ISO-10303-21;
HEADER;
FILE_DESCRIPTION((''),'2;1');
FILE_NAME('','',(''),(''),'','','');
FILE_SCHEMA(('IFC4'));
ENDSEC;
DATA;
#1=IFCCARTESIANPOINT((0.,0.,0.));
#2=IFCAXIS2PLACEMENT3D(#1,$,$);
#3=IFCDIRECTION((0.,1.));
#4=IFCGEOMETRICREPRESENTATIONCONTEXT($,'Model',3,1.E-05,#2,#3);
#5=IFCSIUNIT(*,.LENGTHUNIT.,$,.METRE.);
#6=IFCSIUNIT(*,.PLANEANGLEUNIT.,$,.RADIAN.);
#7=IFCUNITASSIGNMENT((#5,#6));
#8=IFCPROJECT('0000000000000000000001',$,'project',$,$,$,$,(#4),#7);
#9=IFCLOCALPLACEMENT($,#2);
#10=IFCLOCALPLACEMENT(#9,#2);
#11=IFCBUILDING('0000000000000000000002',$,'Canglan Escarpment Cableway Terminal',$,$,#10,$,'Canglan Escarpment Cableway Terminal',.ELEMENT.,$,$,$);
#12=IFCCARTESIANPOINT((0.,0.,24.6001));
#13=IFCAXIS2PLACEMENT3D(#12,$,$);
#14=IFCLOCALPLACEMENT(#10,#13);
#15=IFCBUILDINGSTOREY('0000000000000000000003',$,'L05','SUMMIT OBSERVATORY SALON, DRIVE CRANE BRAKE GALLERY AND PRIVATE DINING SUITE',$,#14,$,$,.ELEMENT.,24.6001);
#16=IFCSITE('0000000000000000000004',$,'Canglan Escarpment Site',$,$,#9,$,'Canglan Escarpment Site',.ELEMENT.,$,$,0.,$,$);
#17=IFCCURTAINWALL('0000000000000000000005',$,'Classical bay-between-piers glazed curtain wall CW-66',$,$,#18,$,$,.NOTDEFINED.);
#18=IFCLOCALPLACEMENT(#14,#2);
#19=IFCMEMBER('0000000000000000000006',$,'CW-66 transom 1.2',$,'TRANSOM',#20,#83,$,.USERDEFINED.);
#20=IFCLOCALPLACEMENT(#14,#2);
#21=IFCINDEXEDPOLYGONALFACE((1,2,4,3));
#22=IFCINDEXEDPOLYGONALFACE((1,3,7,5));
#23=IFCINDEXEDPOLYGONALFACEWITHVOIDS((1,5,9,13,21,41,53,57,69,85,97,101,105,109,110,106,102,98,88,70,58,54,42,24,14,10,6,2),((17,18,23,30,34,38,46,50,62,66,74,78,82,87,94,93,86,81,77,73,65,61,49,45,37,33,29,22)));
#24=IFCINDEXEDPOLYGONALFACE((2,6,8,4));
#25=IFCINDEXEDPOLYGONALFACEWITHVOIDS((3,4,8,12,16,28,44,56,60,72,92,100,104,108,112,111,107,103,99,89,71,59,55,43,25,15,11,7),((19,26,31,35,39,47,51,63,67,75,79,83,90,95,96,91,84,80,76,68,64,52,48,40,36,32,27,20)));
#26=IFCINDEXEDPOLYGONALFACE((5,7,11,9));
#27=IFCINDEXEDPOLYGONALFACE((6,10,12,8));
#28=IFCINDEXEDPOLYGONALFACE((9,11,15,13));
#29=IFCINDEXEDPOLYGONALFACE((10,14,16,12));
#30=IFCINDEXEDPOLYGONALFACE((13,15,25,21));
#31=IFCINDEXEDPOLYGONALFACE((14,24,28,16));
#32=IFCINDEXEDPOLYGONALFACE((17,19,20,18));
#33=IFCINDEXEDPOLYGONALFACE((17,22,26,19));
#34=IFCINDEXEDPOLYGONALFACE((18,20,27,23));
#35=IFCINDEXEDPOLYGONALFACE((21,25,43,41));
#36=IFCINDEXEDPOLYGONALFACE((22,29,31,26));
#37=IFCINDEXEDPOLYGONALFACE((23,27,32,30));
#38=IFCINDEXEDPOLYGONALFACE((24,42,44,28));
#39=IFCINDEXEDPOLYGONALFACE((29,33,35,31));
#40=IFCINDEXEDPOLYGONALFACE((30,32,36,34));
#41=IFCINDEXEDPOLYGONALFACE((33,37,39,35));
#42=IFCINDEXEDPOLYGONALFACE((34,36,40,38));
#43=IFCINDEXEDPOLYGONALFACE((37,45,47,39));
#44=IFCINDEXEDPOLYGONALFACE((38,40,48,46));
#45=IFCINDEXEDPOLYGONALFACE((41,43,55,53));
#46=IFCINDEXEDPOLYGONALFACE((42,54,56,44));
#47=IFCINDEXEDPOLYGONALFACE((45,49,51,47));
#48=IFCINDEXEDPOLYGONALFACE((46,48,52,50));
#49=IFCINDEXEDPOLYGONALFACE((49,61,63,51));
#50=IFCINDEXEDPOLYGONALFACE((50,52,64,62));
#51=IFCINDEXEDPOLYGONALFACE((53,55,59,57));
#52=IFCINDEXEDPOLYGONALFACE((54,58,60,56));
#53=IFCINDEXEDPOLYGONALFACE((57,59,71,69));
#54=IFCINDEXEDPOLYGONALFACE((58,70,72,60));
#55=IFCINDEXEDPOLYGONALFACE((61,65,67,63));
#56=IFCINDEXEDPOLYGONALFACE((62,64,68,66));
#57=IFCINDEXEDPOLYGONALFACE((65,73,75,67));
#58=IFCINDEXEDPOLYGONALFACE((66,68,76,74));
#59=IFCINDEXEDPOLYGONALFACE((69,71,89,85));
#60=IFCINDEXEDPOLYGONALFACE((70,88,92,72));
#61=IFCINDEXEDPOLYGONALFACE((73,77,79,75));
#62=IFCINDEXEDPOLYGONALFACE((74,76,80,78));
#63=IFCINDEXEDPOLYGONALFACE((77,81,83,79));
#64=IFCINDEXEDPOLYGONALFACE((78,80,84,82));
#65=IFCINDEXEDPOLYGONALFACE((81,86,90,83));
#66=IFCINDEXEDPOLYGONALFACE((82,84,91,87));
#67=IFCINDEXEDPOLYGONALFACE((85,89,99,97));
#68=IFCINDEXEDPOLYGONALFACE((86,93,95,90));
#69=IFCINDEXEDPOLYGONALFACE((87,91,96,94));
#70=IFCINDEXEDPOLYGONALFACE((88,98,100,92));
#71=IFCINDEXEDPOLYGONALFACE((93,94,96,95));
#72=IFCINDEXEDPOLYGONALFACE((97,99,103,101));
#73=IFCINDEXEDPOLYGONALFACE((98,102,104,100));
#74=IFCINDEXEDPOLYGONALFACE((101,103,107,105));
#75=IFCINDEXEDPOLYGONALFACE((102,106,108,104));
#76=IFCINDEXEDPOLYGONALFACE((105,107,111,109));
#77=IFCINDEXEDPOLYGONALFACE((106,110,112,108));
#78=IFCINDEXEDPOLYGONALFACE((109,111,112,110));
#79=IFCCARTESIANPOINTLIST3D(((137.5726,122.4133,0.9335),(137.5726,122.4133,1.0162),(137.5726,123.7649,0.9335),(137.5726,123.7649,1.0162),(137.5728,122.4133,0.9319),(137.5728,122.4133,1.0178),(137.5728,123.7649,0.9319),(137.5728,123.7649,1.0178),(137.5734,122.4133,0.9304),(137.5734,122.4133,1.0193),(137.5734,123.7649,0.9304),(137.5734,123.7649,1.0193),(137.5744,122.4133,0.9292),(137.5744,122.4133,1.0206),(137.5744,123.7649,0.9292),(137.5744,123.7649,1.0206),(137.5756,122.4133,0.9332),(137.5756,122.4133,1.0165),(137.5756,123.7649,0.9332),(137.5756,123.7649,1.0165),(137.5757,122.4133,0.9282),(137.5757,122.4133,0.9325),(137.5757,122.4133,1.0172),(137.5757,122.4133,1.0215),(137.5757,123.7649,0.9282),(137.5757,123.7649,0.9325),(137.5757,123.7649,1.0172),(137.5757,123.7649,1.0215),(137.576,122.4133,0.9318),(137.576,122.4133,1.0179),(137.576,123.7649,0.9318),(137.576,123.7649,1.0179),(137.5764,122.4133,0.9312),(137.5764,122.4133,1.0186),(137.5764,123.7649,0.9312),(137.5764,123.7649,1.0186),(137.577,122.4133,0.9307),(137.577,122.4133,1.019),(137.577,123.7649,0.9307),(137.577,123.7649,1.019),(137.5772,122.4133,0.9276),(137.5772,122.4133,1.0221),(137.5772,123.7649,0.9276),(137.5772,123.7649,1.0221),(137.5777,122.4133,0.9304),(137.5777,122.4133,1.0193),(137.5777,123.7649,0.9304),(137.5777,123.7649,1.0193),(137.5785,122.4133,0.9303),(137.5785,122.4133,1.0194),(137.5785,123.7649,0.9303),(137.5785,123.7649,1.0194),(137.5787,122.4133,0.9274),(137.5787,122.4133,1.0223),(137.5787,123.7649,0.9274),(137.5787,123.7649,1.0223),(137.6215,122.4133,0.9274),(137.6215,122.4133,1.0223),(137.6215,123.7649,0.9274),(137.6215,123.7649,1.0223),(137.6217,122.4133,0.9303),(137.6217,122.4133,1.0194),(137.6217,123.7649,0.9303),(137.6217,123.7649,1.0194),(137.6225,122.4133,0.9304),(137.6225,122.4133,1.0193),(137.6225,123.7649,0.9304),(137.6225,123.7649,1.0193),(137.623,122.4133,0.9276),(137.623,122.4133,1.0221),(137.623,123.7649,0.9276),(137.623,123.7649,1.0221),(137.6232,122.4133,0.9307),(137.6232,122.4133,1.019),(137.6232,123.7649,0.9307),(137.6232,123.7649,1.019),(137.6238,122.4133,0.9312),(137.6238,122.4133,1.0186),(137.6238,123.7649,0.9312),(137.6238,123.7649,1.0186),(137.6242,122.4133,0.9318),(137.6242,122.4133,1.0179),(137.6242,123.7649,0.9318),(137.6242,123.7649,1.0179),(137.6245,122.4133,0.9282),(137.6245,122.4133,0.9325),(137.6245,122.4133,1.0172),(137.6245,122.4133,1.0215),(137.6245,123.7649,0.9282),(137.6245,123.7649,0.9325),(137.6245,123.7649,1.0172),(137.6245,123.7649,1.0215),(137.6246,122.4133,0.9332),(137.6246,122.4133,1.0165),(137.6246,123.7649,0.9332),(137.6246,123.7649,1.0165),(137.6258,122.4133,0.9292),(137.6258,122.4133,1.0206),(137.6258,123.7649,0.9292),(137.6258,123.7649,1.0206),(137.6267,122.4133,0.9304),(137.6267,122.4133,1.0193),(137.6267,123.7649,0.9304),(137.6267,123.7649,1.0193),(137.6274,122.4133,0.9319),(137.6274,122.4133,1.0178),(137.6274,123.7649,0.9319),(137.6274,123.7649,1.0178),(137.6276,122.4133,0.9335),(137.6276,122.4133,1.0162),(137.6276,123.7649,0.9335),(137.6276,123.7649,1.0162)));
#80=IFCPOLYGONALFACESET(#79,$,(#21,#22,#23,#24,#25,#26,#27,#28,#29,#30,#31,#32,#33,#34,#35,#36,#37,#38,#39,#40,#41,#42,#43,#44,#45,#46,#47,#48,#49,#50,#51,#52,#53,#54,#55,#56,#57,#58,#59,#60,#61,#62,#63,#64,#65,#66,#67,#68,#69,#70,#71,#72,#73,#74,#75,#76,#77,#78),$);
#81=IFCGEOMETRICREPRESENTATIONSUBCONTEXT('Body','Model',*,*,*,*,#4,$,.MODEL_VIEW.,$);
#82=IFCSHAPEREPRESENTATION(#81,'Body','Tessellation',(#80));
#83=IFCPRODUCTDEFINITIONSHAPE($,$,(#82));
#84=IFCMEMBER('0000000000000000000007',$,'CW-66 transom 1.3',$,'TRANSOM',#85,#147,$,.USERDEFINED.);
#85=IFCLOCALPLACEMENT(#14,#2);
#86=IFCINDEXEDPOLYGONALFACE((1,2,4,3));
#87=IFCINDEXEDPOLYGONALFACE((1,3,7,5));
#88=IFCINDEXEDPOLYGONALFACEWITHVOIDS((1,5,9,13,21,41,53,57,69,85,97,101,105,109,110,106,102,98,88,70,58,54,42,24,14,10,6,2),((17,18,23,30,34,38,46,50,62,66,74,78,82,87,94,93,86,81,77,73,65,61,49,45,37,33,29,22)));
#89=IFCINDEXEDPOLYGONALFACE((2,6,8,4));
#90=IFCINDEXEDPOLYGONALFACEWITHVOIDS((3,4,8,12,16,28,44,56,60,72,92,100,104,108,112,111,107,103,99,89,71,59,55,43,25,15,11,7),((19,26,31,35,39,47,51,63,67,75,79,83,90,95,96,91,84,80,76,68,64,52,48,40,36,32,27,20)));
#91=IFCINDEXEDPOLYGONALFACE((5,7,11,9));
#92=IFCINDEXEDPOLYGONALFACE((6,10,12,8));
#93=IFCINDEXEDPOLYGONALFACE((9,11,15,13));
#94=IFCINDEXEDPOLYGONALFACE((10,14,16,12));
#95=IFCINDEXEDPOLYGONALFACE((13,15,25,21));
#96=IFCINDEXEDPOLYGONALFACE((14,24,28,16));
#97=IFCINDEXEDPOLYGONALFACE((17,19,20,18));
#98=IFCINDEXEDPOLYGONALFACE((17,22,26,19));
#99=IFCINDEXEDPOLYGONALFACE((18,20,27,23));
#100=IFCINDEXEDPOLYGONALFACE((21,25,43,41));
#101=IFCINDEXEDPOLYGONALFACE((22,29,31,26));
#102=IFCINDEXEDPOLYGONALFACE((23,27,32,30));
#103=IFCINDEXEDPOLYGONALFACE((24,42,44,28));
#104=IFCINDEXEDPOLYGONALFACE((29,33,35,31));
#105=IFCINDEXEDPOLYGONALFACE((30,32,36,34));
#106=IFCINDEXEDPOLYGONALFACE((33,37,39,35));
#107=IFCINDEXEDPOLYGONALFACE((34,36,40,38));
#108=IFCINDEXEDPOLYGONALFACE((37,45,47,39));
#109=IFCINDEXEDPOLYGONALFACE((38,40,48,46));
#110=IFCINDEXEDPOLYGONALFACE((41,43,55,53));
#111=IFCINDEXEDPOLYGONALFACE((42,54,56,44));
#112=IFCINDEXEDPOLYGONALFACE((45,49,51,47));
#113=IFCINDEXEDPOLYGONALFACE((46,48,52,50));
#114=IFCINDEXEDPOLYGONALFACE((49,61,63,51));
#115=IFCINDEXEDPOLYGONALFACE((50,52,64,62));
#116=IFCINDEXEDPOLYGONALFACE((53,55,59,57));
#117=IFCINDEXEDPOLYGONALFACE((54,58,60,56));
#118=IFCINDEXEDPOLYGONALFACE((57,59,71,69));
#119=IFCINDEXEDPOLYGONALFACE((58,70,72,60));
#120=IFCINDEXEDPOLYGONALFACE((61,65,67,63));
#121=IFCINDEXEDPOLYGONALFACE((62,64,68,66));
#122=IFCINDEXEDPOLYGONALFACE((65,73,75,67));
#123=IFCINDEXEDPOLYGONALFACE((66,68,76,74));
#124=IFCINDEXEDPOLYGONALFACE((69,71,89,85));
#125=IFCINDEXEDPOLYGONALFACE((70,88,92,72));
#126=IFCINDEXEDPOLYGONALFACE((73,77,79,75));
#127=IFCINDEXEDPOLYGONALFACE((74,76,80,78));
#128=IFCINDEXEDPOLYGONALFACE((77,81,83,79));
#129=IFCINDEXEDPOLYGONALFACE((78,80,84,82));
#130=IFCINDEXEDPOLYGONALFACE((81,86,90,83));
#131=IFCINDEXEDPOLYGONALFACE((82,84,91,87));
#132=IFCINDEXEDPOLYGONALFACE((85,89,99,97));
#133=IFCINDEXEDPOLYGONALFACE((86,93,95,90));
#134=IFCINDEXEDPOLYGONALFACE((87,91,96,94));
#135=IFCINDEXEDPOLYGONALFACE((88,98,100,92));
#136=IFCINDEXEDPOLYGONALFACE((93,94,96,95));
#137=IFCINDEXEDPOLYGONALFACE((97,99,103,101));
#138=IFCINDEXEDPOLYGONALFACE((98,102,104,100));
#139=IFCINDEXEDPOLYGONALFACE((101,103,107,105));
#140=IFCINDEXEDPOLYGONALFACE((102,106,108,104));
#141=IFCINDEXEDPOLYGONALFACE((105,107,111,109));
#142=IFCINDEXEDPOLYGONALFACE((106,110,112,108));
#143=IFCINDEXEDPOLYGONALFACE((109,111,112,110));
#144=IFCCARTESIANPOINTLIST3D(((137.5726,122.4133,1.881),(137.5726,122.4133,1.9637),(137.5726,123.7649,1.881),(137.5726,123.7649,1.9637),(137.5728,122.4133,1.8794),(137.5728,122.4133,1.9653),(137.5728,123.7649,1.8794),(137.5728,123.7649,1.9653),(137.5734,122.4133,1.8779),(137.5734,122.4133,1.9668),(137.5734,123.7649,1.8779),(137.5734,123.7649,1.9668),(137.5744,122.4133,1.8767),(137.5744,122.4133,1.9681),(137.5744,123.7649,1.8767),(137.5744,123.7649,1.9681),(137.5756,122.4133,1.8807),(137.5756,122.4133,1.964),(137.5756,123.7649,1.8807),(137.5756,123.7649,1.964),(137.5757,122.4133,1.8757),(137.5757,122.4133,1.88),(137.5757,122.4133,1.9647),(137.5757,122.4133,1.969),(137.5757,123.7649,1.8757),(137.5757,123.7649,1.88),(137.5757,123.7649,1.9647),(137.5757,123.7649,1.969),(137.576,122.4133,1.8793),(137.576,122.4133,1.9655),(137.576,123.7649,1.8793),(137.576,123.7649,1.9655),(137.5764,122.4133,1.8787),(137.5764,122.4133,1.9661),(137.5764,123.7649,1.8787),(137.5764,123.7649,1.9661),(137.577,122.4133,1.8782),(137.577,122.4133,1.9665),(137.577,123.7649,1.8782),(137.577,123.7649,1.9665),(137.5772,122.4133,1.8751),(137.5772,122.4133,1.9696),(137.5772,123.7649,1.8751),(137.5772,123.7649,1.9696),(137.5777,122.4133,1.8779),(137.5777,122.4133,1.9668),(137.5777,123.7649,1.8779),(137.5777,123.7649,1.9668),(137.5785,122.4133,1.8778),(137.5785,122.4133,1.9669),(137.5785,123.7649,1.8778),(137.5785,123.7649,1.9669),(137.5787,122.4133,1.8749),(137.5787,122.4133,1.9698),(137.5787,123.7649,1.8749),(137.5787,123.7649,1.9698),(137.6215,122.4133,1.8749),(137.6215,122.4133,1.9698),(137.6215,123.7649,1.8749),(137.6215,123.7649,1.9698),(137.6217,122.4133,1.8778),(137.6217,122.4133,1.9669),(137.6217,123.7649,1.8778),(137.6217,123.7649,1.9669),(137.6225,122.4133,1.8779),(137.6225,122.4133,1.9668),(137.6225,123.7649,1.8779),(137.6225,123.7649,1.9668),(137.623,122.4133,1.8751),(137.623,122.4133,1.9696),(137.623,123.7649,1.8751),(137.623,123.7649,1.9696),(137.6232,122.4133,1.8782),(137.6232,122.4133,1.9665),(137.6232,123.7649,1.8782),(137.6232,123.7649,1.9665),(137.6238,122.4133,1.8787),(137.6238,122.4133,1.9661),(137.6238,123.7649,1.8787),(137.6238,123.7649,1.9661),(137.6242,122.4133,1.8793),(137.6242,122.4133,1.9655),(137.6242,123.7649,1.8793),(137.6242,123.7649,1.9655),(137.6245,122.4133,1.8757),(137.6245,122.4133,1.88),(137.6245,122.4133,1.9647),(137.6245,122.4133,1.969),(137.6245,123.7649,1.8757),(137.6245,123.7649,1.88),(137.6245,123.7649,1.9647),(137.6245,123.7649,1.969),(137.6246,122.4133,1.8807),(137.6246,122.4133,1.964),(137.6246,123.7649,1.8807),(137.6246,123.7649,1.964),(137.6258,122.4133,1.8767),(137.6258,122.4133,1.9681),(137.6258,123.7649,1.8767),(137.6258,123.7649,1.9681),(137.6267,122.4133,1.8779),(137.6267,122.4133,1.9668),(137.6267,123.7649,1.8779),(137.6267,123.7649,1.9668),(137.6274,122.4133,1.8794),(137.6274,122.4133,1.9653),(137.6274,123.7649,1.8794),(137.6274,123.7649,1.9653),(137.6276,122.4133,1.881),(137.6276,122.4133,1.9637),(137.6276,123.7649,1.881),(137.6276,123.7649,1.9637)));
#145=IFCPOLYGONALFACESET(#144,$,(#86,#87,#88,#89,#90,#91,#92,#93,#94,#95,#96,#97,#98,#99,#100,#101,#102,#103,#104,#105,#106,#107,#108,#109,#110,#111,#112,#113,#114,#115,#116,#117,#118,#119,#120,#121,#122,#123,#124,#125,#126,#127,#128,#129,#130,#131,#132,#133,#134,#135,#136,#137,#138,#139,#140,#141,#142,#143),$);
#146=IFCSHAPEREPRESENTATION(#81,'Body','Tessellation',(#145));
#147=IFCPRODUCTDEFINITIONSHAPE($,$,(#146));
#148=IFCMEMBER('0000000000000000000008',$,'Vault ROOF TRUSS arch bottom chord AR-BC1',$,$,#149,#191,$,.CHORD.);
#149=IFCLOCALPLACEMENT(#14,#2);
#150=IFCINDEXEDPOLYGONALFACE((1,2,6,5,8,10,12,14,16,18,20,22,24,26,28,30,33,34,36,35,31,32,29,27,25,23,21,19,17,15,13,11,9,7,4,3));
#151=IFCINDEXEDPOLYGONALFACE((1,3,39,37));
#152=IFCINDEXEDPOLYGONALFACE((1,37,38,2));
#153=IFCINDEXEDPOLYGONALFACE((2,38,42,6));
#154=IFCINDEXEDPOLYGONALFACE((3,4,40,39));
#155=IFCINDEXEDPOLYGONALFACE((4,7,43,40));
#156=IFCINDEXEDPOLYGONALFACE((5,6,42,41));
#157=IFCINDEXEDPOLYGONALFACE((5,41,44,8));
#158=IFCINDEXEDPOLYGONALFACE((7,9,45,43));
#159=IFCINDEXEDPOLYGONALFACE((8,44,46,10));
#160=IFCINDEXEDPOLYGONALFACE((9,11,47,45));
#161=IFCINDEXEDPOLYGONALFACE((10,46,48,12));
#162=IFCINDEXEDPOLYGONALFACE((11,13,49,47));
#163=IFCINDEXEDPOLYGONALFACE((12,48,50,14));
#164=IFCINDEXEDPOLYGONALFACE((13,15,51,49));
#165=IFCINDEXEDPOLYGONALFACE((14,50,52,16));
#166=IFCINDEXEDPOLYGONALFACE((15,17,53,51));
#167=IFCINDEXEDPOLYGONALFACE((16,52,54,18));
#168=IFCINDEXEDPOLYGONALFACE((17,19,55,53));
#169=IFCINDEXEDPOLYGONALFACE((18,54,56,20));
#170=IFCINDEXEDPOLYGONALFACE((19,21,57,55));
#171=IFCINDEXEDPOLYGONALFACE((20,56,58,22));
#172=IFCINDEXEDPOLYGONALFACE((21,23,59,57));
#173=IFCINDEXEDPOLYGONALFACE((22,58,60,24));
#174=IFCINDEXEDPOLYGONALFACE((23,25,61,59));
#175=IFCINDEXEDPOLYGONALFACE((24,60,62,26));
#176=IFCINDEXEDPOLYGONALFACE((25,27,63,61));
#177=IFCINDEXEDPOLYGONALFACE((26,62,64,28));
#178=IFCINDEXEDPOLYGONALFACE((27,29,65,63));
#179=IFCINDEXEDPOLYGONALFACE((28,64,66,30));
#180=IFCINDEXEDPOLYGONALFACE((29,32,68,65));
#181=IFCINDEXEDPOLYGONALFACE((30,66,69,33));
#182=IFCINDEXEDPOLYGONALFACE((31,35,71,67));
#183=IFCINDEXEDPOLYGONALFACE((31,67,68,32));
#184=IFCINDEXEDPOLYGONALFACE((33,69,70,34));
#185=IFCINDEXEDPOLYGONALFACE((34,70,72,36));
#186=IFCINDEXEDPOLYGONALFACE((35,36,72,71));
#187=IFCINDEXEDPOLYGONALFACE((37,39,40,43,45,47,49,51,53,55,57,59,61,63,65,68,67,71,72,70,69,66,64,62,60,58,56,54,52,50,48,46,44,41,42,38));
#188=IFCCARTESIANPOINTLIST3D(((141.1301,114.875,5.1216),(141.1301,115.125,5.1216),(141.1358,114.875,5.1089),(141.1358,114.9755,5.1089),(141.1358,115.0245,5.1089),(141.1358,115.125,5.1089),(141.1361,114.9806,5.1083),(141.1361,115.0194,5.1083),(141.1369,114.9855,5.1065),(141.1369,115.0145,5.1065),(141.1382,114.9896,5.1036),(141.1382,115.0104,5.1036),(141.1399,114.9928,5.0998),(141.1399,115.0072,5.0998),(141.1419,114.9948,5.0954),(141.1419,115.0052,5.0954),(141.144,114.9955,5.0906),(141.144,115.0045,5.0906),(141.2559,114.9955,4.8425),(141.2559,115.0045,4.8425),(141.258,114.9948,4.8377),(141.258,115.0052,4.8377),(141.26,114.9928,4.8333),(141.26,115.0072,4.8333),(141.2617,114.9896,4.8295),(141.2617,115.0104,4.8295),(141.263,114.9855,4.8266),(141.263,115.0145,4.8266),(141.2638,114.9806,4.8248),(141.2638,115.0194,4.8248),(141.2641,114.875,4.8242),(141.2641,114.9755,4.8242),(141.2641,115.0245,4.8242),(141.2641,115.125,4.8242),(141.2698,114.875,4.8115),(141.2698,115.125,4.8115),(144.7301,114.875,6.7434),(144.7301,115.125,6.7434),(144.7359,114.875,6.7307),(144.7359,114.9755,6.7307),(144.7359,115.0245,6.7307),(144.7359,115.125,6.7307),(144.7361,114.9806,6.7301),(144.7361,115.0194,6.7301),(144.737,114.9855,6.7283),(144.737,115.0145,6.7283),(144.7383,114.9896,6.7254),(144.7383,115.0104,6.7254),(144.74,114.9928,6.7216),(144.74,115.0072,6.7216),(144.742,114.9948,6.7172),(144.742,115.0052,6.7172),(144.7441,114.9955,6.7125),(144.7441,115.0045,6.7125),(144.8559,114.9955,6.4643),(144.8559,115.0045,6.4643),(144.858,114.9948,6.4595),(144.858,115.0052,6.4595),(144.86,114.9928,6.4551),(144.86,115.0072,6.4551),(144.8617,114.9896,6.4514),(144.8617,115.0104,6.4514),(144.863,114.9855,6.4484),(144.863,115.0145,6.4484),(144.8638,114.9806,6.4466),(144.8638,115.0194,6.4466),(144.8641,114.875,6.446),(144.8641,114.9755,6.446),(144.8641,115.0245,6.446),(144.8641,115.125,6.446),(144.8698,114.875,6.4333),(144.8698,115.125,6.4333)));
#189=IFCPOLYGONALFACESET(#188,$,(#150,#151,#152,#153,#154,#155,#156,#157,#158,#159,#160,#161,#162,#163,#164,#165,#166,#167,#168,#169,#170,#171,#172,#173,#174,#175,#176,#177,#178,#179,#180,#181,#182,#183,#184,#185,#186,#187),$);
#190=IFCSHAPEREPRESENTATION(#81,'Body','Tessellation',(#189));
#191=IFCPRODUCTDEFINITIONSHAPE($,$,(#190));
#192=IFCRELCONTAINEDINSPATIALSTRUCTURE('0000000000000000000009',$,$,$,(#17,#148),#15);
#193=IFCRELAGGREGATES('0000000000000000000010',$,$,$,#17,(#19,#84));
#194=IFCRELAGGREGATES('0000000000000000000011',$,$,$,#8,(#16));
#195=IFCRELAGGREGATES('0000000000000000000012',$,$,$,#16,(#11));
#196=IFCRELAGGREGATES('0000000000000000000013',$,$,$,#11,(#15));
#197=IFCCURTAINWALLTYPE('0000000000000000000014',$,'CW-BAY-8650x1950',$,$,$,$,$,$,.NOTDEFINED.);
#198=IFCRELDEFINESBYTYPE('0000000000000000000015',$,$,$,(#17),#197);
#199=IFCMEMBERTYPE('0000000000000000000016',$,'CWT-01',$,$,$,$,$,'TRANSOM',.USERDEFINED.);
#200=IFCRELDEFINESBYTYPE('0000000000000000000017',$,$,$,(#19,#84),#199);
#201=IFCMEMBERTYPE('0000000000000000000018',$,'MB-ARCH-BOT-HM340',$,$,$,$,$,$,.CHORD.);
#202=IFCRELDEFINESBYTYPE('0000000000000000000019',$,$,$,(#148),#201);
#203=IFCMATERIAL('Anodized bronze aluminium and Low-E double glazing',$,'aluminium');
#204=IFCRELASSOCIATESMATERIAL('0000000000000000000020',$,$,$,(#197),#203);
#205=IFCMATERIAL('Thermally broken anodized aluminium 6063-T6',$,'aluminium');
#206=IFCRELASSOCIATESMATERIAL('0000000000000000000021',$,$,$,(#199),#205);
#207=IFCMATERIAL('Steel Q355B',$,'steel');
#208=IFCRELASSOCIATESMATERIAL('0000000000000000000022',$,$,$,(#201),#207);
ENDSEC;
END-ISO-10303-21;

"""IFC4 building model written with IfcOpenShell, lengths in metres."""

from ifc_helpers import new_model, si_unit, direction, frame, origin, origin_2d, place, context, subcontext, project, spatial, hollow_rectangle, i_section, extrude, material, material_profile, profile_set, type_object, element, aggregate, save


model = new_model("IFC4")

# Units and contexts
model_context = context("Model", 3, precision=1e-05, world=origin(), true_north=direction((0.0, 1.0)))
body_context = subcontext(model_context, "Body", "Model", "MODEL_VIEW")
ifc_project = project(units=[si_unit("LENGTHUNIT", "METRE"), si_unit("PLANEANGLEUNIT", "RADIAN")], contexts=[model_context])

# Site, building, storey
site_placement = place(None, origin())
site = spatial("IfcSite", under=ifc_project, at=site_placement, Name="Canglan Escarpment Site", LongName="Canglan Escarpment Site", CompositionType="ELEMENT", RefElevation=0.0)
building_placement = place(site_placement, origin())
building = spatial("IfcBuilding", under=site, at=building_placement, Name="Canglan Escarpment Cableway Terminal", LongName="Canglan Escarpment Cableway Terminal", CompositionType="ELEMENT")
storey_placement = place(building_placement, frame((0.0, 0.0, 24.6001)))
storey = spatial("IfcBuildingStorey", under=building, at=storey_placement, Name="L05", Description="SUMMIT OBSERVATORY SALON, DRIVE CRANE BRAKE GALLERY AND PRIVATE DINING SUITE", CompositionType="ELEMENT", Elevation=24.6001)

# Shared definitions
ifc_material_1 = material(Name="Steel Q355B", Category="steel")

# Curtain wall, members
ifc_material_2 = material(Name="Anodized bronze aluminium and Low-E double glazing", Category="aluminium")
curtain_wall_type = type_object("IfcCurtainWallType", Name="CW-BAY-8650x1950", PredefinedType="NOTDEFINED", material=ifc_material_2)
curtain_wall_placement = place(storey_placement, origin())
curtain_wall = element("IfcCurtainWall", 1, at=curtain_wall_placement, inside=storey, type_object=curtain_wall_type, Name="Classical bay-between-piers glazed curtain wall CW-66", PredefinedType="NOTDEFINED")
ifc_material_3 = material(Name="Thermally broken anodized aluminium 6063-T6", Category="aluminium")
ifc_material_profile_1 = material_profile(ifc_material_3, hollow_rectangle(XDim=0.0549, YDim=0.095, WallThickness=0.0029, InnerFilletRadius=0.0029, OuterFilletRadius=0.0061, at=origin_2d()), Name="ALU-TRAN 55x95x3")
ifc_profile_set_1 = profile_set([ifc_material_profile_1], Name="Thermally broken anodized aluminium 6063-T6")
member_type_1 = type_object("IfcMemberType", Name="CWT-01", ElementType="TRANSOM", PredefinedType="USERDEFINED", material=ifc_profile_set_1)
member_1_placement = place(storey_placement, frame((137.6001, 123.7649, 0.9749), z_axis=(0.0, -1.0, 0.0), x_axis=(1.0, 0.0, 0.0)))
member_1 = element("IfcMember", 2, at=member_1_placement, type_object=member_type_1, Name="CW-66 transom 1.2", ObjectType="TRANSOM", PredefinedType="USERDEFINED", context=body_context, shape_type="SweptSolid", body=[
    extrude(hollow_rectangle(XDim=0.0549, YDim=0.095, WallThickness=0.0029, InnerFilletRadius=0.0029, OuterFilletRadius=0.0061, at=origin_2d()), origin(), (0.0, 0.0, 1.0), 1.3516),
])
member_2_placement = place(storey_placement, frame((137.6001, 123.7649, 1.9224), z_axis=(0.0, -1.0, 0.0), x_axis=(1.0, 0.0, 0.0)))
member_2 = element("IfcMember", 3, at=member_2_placement, type_object=member_type_1, Name="CW-66 transom 1.3", ObjectType="TRANSOM", PredefinedType="USERDEFINED", context=body_context, shape_type="SweptSolid", body=[
    extrude(hollow_rectangle(XDim=0.0549, YDim=0.095, WallThickness=0.0029, InnerFilletRadius=0.0029, OuterFilletRadius=0.0061, at=origin_2d()), origin(), (0.0, 0.0, 1.0), 1.3516),
])
aggregate(curtain_wall, [member_1, member_2])

# Member
ifc_material_profile_2 = material_profile(ifc_material_1, i_section(OverallWidth=0.25, OverallDepth=0.3401, WebThickness=0.009, FlangeThickness=0.0139, FilletRadius=0.02, at=origin_2d()), Name="HM 340x250x9x14")
ifc_profile_set_2 = profile_set([ifc_material_profile_2], Name="Steel Q355B")
member_type_2 = type_object("IfcMemberType", Name="MB-ARCH-BOT-HM340", PredefinedType="CHORD", material=ifc_profile_set_2)
member_3_placement = place(storey_placement, frame((141.2, 115.0, 4.9666), z_axis=(0.911753, 0.0, 0.41074), x_axis=(0.0, 1.0, 0.0)))
element("IfcMember", 4, at=member_3_placement, inside=storey, type_object=member_type_2, Name="Vault ROOF TRUSS arch bottom chord AR-BC1", PredefinedType="CHORD", context=body_context, shape_type="SweptSolid", body=[
    extrude(i_section(OverallWidth=0.25, OverallDepth=0.3401, WebThickness=0.009, FlangeThickness=0.0139, FilletRadius=0.02, at=origin_2d()), origin(), (0.0, 0.0, 1.0), 3.9485),
])

save(model, "model.ifc")
